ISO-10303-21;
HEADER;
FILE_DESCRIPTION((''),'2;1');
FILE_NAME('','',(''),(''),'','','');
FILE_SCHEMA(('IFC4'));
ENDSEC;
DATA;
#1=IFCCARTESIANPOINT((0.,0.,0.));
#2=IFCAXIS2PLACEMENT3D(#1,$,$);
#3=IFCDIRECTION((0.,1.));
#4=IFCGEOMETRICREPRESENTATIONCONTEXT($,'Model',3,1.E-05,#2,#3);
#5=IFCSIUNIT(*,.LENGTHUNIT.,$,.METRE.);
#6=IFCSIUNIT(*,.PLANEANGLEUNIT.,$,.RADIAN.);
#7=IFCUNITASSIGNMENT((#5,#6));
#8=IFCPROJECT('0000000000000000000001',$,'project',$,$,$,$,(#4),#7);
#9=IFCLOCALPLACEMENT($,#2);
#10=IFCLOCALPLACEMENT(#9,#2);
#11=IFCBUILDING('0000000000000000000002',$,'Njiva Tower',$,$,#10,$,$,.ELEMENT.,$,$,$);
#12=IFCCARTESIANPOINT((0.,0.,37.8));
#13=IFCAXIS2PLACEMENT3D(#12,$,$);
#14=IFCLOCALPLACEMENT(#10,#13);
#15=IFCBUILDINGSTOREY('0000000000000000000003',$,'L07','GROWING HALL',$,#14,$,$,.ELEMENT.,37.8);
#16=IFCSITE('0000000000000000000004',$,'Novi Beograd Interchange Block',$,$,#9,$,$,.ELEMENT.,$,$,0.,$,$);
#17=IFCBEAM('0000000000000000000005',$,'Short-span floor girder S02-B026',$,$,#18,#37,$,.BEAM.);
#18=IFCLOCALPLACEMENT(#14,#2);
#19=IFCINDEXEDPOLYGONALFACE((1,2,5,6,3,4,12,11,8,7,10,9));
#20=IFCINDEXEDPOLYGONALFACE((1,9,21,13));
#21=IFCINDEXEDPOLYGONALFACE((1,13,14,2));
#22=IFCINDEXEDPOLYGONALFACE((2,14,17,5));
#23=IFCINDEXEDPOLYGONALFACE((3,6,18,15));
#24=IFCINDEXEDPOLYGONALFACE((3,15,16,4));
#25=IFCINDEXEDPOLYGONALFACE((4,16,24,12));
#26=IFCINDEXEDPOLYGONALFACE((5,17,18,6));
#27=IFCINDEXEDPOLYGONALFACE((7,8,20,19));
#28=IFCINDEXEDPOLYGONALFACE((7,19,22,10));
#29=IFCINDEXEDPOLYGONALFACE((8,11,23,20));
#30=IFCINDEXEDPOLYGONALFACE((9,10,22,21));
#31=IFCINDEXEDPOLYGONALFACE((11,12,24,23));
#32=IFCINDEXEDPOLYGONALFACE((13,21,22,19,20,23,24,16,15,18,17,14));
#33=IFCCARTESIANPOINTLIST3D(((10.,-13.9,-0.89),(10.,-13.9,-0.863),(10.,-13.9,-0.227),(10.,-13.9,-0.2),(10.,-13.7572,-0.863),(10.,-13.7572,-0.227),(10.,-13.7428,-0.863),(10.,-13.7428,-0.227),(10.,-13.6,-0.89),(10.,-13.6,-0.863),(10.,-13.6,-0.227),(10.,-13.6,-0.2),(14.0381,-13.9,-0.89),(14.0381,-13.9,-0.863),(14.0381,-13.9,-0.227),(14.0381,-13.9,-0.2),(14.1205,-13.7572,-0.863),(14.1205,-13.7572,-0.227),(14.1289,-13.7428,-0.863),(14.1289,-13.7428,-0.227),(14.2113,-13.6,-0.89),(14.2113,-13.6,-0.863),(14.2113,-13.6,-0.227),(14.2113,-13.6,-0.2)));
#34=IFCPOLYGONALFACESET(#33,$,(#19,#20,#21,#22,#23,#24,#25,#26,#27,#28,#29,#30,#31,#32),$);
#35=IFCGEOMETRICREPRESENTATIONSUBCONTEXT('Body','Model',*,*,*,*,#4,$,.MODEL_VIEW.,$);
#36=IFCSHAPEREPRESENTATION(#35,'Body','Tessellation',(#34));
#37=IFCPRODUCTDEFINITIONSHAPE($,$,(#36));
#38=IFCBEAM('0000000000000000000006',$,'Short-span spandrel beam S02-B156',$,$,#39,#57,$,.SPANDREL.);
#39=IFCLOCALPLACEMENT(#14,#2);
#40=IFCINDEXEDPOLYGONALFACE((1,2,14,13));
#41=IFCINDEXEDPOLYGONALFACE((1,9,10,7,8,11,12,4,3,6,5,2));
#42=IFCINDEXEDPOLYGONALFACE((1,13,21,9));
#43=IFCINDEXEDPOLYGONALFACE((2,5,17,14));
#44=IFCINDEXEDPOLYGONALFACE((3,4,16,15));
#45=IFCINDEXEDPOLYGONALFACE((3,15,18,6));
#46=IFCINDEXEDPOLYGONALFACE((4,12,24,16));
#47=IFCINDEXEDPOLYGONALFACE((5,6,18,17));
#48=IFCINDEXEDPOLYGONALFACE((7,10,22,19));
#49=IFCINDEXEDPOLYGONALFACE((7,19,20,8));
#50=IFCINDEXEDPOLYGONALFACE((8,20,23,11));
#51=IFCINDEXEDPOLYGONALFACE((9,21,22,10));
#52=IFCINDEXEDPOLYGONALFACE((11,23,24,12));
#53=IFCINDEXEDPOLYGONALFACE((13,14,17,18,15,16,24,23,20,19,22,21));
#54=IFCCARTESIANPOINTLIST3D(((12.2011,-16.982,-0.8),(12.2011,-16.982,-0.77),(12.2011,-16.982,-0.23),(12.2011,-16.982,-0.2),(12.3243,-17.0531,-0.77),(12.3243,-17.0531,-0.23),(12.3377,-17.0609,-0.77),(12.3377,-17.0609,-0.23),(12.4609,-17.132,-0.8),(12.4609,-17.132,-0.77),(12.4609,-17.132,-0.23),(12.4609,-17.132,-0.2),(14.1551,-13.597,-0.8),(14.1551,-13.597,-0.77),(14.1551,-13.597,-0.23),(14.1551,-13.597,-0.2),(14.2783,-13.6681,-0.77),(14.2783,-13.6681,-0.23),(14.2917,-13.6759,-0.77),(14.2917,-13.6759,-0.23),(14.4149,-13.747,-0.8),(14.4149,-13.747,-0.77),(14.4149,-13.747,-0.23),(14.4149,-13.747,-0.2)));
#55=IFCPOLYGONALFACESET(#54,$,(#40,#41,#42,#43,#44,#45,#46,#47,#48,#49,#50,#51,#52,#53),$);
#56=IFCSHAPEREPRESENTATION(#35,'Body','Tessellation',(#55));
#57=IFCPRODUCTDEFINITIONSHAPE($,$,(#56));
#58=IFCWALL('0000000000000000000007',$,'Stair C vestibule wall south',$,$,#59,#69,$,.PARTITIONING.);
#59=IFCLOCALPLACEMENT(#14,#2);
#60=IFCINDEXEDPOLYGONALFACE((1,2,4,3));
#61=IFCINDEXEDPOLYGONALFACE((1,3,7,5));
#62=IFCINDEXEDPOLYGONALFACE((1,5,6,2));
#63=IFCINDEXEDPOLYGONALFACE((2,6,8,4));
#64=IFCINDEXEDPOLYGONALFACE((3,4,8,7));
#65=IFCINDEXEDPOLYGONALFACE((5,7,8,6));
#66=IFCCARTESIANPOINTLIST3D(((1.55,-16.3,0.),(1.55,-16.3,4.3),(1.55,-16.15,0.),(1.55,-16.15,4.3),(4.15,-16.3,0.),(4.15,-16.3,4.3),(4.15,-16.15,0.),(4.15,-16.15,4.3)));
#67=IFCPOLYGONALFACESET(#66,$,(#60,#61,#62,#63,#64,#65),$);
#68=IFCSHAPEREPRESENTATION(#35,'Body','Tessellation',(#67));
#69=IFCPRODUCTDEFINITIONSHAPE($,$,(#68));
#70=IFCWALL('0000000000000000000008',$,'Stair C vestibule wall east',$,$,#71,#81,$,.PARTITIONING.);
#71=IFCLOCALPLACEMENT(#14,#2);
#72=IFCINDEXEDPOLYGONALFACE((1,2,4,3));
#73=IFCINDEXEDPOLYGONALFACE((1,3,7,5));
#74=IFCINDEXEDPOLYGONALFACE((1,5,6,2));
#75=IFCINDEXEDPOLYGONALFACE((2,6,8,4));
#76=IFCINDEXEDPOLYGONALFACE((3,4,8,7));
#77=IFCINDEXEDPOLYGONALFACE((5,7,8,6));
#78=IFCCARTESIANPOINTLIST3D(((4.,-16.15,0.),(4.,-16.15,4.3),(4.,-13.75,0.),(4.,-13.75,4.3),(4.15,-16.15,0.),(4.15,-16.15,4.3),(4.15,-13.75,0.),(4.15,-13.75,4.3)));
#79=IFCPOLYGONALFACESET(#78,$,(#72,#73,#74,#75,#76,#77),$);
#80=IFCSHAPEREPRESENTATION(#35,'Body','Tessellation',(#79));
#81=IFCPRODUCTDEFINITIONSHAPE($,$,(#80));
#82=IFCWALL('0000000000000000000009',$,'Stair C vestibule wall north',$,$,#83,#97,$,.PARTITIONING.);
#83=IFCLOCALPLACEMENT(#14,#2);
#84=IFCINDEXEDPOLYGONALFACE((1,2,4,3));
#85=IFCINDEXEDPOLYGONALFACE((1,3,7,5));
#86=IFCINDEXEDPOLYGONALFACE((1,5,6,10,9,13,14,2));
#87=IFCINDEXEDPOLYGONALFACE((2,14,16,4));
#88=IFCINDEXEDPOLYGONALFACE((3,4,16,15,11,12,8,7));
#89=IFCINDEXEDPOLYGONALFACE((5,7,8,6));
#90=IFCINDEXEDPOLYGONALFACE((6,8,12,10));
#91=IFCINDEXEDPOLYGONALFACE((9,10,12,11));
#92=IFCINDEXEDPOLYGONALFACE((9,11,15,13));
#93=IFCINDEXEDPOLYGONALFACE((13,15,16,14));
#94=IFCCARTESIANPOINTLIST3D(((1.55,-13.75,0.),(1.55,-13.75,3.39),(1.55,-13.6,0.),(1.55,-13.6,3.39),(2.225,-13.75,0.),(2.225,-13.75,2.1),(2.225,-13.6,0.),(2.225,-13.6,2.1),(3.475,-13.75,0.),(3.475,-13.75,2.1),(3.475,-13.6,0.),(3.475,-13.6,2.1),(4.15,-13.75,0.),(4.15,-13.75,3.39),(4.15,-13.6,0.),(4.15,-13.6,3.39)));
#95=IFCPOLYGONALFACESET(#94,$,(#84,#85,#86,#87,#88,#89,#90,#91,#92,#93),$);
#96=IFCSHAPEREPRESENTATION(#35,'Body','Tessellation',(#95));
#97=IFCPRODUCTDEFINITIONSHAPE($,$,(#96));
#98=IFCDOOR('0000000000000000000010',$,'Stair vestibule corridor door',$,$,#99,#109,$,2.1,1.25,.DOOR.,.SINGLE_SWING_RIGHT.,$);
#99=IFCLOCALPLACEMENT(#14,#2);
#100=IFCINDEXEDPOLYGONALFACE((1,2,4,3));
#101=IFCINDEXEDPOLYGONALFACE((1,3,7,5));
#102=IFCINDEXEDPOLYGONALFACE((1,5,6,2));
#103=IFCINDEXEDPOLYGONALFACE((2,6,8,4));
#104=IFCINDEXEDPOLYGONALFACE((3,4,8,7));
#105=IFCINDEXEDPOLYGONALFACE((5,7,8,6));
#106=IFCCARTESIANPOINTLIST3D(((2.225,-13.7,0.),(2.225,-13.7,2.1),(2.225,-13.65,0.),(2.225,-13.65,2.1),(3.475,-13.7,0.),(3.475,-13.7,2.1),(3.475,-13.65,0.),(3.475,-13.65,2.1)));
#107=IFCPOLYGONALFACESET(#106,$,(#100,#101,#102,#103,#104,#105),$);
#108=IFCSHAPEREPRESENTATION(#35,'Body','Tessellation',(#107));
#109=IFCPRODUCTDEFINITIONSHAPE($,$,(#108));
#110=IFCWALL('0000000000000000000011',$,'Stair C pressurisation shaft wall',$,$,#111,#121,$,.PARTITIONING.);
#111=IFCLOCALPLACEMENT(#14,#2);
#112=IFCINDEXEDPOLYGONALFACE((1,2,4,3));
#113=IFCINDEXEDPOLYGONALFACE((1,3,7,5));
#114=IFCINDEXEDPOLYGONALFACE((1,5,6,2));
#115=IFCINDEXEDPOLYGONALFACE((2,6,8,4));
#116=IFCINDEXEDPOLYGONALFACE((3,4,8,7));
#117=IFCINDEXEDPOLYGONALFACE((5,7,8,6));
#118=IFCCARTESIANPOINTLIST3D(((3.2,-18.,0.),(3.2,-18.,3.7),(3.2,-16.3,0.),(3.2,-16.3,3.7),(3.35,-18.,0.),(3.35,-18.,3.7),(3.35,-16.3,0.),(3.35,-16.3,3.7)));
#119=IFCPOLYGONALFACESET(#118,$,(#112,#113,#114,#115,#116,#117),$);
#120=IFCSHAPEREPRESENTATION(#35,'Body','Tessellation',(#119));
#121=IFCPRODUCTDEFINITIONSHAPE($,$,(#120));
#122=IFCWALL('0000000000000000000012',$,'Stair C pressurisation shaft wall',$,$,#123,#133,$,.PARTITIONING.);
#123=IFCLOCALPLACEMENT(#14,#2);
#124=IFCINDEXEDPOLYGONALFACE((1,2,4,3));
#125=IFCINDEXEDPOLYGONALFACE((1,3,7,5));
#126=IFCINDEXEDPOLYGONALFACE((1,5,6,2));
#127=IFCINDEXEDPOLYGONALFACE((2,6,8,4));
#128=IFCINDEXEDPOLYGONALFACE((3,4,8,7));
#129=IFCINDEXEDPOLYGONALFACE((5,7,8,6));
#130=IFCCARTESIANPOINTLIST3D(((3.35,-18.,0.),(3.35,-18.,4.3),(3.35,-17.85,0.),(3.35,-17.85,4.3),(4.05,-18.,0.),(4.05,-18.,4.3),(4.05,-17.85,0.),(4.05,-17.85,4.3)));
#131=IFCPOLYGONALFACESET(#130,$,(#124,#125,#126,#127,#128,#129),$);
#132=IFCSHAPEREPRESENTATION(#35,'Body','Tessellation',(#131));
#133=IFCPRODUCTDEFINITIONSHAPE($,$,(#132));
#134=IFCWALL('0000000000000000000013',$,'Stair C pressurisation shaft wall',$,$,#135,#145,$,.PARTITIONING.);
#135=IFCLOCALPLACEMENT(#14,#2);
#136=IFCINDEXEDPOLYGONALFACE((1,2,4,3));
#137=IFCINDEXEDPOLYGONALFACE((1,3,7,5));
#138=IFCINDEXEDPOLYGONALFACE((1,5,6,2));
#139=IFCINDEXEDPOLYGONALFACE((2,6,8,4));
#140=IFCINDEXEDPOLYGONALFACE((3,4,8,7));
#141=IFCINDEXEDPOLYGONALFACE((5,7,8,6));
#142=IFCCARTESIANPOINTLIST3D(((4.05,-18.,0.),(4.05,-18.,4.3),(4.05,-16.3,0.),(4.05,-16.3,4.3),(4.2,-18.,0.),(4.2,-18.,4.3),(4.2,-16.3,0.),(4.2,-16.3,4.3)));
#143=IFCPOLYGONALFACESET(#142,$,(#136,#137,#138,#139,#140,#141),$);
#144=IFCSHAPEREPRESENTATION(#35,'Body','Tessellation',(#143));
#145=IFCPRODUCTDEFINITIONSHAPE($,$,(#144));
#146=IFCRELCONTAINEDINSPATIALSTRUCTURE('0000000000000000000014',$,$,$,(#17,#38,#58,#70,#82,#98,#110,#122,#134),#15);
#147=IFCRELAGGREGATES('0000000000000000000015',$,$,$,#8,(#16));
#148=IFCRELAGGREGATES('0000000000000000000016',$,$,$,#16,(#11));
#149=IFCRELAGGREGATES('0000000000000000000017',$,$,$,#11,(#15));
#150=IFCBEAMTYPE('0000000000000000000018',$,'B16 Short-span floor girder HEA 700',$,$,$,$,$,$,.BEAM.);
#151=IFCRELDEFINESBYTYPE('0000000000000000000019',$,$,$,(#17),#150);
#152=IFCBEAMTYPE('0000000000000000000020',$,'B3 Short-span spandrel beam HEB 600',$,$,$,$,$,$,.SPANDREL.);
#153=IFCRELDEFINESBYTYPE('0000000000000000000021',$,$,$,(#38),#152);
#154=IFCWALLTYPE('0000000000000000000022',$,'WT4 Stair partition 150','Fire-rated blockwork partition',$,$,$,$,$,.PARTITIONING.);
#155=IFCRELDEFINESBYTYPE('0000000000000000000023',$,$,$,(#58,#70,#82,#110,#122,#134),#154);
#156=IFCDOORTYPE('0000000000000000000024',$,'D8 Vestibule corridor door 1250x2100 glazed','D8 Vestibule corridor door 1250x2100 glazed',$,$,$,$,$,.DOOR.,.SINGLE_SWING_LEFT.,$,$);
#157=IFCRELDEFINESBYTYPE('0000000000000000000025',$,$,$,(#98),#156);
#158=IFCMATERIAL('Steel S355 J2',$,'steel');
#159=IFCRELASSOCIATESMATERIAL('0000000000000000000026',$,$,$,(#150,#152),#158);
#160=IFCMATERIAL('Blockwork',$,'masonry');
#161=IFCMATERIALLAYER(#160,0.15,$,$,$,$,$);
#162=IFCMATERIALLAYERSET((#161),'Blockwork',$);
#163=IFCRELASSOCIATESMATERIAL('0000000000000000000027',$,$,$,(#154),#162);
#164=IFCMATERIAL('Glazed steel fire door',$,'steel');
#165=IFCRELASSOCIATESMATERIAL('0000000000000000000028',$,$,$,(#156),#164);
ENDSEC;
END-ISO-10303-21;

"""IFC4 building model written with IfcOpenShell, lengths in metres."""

from ifc_helpers import new_model, si_unit, direction, frame, frame_2d, origin, origin_2d, place, context, subcontext, project, spatial, rectangle, i_section, extrude, clip, halfspace, material, layer, layer_set, material_profile, profile_set, type_object, element, fill, save


model = new_model("IFC4")

# Units and contexts
model_context = context("Model", 3, precision=1e-05, world=origin(), true_north=direction((0.0, 1.0)))
body_context = subcontext(model_context, "Body", "Model", "MODEL_VIEW")
ifc_project = project(units=[si_unit("LENGTHUNIT", "METRE"), si_unit("PLANEANGLEUNIT", "RADIAN")], contexts=[model_context])

# Site, building, storey
site_placement = place(None, origin())
site = spatial("IfcSite", under=ifc_project, at=site_placement, Name="Novi Beograd Interchange Block", CompositionType="ELEMENT", RefElevation=0.0)
building_placement = place(site_placement, origin())
building = spatial("IfcBuilding", under=site, at=building_placement, Name="Njiva Tower", CompositionType="ELEMENT")
storey_placement = place(building_placement, frame((0.0, 0.0, 37.8)))
storey = spatial("IfcBuildingStorey", under=building, at=storey_placement, Name="L07", Description="GROWING HALL", CompositionType="ELEMENT", Elevation=37.8)

# Shared definitions
ifc_material_1 = material(Name="Steel S355 J2", Category="steel")

# Beams
ifc_material_profile_1 = material_profile(ifc_material_1, i_section(OverallWidth=0.3, OverallDepth=0.69, WebThickness=0.0145, FlangeThickness=0.027, at=origin_2d()), Name="HEA 700")
ifc_profile_set_1 = profile_set([ifc_material_profile_1], Name="Steel S355 J2")
beam_type_1 = type_object("IfcBeamType", Name="B16 Short-span floor girder HEA 700", PredefinedType="BEAM", material=ifc_profile_set_1)
beam_1_placement = place(storey_placement, frame((10.0, -13.75, -0.545), z_axis=(1.0, 0.0, 0.0), x_axis=(0.0, 1.0, 0.0)))
element("IfcBeam", 1, at=beam_1_placement, inside=storey, type_object=beam_type_1, Name="Short-span floor girder S02-B026", PredefinedType="BEAM", context=body_context, shape_type="Clipping", body=[
    clip(extrude(i_section(OverallWidth=0.3, OverallDepth=0.69, WebThickness=0.0145, FlangeThickness=0.027, at=origin_2d()), origin(), (0.0, 0.0, 1.0), 4.232), halfspace(frame((-0.025, 0.0, 4.1103), z_axis=(-0.499998, 0.0, 0.866027), x_axis=(0.0, 1.0, 0.0)), False)),
])
ifc_material_profile_2 = material_profile(ifc_material_1, i_section(OverallWidth=0.3, OverallDepth=0.6, WebThickness=0.0155, FlangeThickness=0.03, at=origin_2d()), Name="HEB 600")
ifc_profile_set_2 = profile_set([ifc_material_profile_2], Name="Steel S355 J2")
beam_type_2 = type_object("IfcBeamType", Name="B3 Short-span spandrel beam HEB 600", PredefinedType="SPANDREL", material=ifc_profile_set_2)
beam_2_placement = place(storey_placement, frame((12.331, -17.057, -0.5), z_axis=(0.499937, 0.866062, 0.0), x_axis=(-0.866062, 0.499937, 0.0)))
element("IfcBeam", 2, at=beam_2_placement, inside=storey, type_object=beam_type_2, Name="Short-span spandrel beam S02-B156", PredefinedType="SPANDREL", context=body_context, shape_type="SweptSolid", body=[
    extrude(i_section(OverallWidth=0.3, OverallDepth=0.6, WebThickness=0.0155, FlangeThickness=0.03, at=origin_2d()), origin(), (0.0, 0.0, 1.0), 3.9085),
])

# Walls
ifc_material_2 = material(Name="Blockwork", Category="masonry")
ifc_layer = layer(ifc_material_2, 0.15)
ifc_layer_set = layer_set([ifc_layer], Name="Blockwork")
wall_type = type_object("IfcWallType", Name="WT4 Stair partition 150", Description="Fire-rated blockwork partition", PredefinedType="PARTITIONING", material=ifc_layer_set)
wall_1_placement = place(storey_placement, frame((1.55, -16.225, 0.0), z_axis=(0.0, 0.0, 1.0), x_axis=(1.0, 0.0, 0.0)))
element("IfcWall", 3, at=wall_1_placement, inside=storey, type_object=wall_type, Name="Stair C vestibule wall south", PredefinedType="PARTITIONING", context=body_context, shape_type="SweptSolid", body=[
    extrude(rectangle(XDim=2.6, YDim=0.15, at=frame_2d((1.3, 0.0))), origin(), (0.0, 0.0, 1.0), 4.3),
])
wall_2_placement = place(storey_placement, frame((4.075, -16.15, 0.0), z_axis=(0.0, 0.0, 1.0), x_axis=(0.0, 1.0, 0.0)))
element("IfcWall", 4, at=wall_2_placement, inside=storey, type_object=wall_type, Name="Stair C vestibule wall east", PredefinedType="PARTITIONING", context=body_context, shape_type="SweptSolid", body=[
    extrude(rectangle(XDim=2.4, YDim=0.15, at=frame_2d((1.2, 0.0))), origin(), (0.0, 0.0, 1.0), 4.3),
])

# Wall, opening, door
wall_3_placement = place(storey_placement, frame((1.55, -13.675, 0.0), z_axis=(0.0, 0.0, 1.0), x_axis=(1.0, 0.0, 0.0)))
wall_3 = element("IfcWall", 5, at=wall_3_placement, inside=storey, type_object=wall_type, Name="Stair C vestibule wall north", PredefinedType="PARTITIONING", context=body_context, shape_type="SweptSolid", body=[
    extrude(rectangle(XDim=2.6, YDim=0.15, at=frame_2d((1.3, 0.0))), origin(), (0.0, 0.0, 1.0), 3.39),
])
opening_placement = place(wall_3_placement, frame((0.675, 0.0, 0.0)))
opening = element("IfcOpeningElement", 6, at=opening_placement, cuts=wall_3, PredefinedType="OPENING", context=body_context, shape_type="SweptSolid", body=[
    extrude(rectangle(XDim=1.25, YDim=2.1, at=frame_2d((0.625, 1.05))), frame((0.0, 0.085, 0.0), z_axis=(0.0, -1.0, 0.0), x_axis=(1.0, 0.0, 0.0)), (0.0, 0.0, 1.0), 0.17),
])
ifc_material_3 = material(Name="Glazed steel fire door", Category="steel")
door_type = type_object("IfcDoorType", Name="D8 Vestibule corridor door 1250x2100 glazed", Description="D8 Vestibule corridor door 1250x2100 glazed", OperationType="SINGLE_SWING_LEFT", PredefinedType="DOOR", material=ifc_material_3)
door_placement = place(opening_placement, origin())
door = element("IfcDoor", 7, at=door_placement, inside=storey, type_object=door_type, Name="Stair vestibule corridor door", OperationType="SINGLE_SWING_RIGHT", OverallHeight=2.1, OverallWidth=1.25, PredefinedType="DOOR", context=body_context, shape_type="SweptSolid", body=[
    extrude(rectangle(XDim=1.25, YDim=2.1, at=frame_2d((0.625, 1.05))), frame((0.0, 0.025, 0.0), z_axis=(0.0, -1.0, 0.0), x_axis=(1.0, 0.0, 0.0)), (0.0, 0.0, 1.0), 0.05),
])
fill(opening, door)

# Walls
wall_4_placement = place(storey_placement, frame((3.275, -18.0, 0.0), z_axis=(0.0, 0.0, 1.0), x_axis=(0.0, 1.0, 0.0)))
element("IfcWall", 8, at=wall_4_placement, inside=storey, type_object=wall_type, Name="Stair C pressurisation shaft wall", PredefinedType="PARTITIONING", context=body_context, shape_type="SweptSolid", body=[
    extrude(rectangle(XDim=1.7, YDim=0.15, at=frame_2d((0.85, 0.0))), origin(), (0.0, 0.0, 1.0), 3.7),
])
wall_5_placement = place(storey_placement, frame((3.35, -17.925, 0.0), z_axis=(0.0, 0.0, 1.0), x_axis=(1.0, 0.0, 0.0)))
element("IfcWall", 9, at=wall_5_placement, inside=storey, type_object=wall_type, Name="Stair C pressurisation shaft wall", PredefinedType="PARTITIONING", context=body_context, shape_type="SweptSolid", body=[
    extrude(rectangle(XDim=0.7, YDim=0.15, at=frame_2d((0.35, 0.0))), origin(), (0.0, 0.0, 1.0), 4.3),
])
wall_6_placement = place(storey_placement, frame((4.125, -18.0, 0.0), z_axis=(0.0, 0.0, 1.0), x_axis=(0.0, 1.0, 0.0)))
element("IfcWall", 10, at=wall_6_placement, inside=storey, type_object=wall_type, Name="Stair C pressurisation shaft wall", PredefinedType="PARTITIONING", context=body_context, shape_type="SweptSolid", body=[
    extrude(rectangle(XDim=1.7, YDim=0.15, at=frame_2d((0.85, 0.0))), origin(), (0.0, 0.0, 1.0), 4.3),
])

save(model, "model.ifc")
